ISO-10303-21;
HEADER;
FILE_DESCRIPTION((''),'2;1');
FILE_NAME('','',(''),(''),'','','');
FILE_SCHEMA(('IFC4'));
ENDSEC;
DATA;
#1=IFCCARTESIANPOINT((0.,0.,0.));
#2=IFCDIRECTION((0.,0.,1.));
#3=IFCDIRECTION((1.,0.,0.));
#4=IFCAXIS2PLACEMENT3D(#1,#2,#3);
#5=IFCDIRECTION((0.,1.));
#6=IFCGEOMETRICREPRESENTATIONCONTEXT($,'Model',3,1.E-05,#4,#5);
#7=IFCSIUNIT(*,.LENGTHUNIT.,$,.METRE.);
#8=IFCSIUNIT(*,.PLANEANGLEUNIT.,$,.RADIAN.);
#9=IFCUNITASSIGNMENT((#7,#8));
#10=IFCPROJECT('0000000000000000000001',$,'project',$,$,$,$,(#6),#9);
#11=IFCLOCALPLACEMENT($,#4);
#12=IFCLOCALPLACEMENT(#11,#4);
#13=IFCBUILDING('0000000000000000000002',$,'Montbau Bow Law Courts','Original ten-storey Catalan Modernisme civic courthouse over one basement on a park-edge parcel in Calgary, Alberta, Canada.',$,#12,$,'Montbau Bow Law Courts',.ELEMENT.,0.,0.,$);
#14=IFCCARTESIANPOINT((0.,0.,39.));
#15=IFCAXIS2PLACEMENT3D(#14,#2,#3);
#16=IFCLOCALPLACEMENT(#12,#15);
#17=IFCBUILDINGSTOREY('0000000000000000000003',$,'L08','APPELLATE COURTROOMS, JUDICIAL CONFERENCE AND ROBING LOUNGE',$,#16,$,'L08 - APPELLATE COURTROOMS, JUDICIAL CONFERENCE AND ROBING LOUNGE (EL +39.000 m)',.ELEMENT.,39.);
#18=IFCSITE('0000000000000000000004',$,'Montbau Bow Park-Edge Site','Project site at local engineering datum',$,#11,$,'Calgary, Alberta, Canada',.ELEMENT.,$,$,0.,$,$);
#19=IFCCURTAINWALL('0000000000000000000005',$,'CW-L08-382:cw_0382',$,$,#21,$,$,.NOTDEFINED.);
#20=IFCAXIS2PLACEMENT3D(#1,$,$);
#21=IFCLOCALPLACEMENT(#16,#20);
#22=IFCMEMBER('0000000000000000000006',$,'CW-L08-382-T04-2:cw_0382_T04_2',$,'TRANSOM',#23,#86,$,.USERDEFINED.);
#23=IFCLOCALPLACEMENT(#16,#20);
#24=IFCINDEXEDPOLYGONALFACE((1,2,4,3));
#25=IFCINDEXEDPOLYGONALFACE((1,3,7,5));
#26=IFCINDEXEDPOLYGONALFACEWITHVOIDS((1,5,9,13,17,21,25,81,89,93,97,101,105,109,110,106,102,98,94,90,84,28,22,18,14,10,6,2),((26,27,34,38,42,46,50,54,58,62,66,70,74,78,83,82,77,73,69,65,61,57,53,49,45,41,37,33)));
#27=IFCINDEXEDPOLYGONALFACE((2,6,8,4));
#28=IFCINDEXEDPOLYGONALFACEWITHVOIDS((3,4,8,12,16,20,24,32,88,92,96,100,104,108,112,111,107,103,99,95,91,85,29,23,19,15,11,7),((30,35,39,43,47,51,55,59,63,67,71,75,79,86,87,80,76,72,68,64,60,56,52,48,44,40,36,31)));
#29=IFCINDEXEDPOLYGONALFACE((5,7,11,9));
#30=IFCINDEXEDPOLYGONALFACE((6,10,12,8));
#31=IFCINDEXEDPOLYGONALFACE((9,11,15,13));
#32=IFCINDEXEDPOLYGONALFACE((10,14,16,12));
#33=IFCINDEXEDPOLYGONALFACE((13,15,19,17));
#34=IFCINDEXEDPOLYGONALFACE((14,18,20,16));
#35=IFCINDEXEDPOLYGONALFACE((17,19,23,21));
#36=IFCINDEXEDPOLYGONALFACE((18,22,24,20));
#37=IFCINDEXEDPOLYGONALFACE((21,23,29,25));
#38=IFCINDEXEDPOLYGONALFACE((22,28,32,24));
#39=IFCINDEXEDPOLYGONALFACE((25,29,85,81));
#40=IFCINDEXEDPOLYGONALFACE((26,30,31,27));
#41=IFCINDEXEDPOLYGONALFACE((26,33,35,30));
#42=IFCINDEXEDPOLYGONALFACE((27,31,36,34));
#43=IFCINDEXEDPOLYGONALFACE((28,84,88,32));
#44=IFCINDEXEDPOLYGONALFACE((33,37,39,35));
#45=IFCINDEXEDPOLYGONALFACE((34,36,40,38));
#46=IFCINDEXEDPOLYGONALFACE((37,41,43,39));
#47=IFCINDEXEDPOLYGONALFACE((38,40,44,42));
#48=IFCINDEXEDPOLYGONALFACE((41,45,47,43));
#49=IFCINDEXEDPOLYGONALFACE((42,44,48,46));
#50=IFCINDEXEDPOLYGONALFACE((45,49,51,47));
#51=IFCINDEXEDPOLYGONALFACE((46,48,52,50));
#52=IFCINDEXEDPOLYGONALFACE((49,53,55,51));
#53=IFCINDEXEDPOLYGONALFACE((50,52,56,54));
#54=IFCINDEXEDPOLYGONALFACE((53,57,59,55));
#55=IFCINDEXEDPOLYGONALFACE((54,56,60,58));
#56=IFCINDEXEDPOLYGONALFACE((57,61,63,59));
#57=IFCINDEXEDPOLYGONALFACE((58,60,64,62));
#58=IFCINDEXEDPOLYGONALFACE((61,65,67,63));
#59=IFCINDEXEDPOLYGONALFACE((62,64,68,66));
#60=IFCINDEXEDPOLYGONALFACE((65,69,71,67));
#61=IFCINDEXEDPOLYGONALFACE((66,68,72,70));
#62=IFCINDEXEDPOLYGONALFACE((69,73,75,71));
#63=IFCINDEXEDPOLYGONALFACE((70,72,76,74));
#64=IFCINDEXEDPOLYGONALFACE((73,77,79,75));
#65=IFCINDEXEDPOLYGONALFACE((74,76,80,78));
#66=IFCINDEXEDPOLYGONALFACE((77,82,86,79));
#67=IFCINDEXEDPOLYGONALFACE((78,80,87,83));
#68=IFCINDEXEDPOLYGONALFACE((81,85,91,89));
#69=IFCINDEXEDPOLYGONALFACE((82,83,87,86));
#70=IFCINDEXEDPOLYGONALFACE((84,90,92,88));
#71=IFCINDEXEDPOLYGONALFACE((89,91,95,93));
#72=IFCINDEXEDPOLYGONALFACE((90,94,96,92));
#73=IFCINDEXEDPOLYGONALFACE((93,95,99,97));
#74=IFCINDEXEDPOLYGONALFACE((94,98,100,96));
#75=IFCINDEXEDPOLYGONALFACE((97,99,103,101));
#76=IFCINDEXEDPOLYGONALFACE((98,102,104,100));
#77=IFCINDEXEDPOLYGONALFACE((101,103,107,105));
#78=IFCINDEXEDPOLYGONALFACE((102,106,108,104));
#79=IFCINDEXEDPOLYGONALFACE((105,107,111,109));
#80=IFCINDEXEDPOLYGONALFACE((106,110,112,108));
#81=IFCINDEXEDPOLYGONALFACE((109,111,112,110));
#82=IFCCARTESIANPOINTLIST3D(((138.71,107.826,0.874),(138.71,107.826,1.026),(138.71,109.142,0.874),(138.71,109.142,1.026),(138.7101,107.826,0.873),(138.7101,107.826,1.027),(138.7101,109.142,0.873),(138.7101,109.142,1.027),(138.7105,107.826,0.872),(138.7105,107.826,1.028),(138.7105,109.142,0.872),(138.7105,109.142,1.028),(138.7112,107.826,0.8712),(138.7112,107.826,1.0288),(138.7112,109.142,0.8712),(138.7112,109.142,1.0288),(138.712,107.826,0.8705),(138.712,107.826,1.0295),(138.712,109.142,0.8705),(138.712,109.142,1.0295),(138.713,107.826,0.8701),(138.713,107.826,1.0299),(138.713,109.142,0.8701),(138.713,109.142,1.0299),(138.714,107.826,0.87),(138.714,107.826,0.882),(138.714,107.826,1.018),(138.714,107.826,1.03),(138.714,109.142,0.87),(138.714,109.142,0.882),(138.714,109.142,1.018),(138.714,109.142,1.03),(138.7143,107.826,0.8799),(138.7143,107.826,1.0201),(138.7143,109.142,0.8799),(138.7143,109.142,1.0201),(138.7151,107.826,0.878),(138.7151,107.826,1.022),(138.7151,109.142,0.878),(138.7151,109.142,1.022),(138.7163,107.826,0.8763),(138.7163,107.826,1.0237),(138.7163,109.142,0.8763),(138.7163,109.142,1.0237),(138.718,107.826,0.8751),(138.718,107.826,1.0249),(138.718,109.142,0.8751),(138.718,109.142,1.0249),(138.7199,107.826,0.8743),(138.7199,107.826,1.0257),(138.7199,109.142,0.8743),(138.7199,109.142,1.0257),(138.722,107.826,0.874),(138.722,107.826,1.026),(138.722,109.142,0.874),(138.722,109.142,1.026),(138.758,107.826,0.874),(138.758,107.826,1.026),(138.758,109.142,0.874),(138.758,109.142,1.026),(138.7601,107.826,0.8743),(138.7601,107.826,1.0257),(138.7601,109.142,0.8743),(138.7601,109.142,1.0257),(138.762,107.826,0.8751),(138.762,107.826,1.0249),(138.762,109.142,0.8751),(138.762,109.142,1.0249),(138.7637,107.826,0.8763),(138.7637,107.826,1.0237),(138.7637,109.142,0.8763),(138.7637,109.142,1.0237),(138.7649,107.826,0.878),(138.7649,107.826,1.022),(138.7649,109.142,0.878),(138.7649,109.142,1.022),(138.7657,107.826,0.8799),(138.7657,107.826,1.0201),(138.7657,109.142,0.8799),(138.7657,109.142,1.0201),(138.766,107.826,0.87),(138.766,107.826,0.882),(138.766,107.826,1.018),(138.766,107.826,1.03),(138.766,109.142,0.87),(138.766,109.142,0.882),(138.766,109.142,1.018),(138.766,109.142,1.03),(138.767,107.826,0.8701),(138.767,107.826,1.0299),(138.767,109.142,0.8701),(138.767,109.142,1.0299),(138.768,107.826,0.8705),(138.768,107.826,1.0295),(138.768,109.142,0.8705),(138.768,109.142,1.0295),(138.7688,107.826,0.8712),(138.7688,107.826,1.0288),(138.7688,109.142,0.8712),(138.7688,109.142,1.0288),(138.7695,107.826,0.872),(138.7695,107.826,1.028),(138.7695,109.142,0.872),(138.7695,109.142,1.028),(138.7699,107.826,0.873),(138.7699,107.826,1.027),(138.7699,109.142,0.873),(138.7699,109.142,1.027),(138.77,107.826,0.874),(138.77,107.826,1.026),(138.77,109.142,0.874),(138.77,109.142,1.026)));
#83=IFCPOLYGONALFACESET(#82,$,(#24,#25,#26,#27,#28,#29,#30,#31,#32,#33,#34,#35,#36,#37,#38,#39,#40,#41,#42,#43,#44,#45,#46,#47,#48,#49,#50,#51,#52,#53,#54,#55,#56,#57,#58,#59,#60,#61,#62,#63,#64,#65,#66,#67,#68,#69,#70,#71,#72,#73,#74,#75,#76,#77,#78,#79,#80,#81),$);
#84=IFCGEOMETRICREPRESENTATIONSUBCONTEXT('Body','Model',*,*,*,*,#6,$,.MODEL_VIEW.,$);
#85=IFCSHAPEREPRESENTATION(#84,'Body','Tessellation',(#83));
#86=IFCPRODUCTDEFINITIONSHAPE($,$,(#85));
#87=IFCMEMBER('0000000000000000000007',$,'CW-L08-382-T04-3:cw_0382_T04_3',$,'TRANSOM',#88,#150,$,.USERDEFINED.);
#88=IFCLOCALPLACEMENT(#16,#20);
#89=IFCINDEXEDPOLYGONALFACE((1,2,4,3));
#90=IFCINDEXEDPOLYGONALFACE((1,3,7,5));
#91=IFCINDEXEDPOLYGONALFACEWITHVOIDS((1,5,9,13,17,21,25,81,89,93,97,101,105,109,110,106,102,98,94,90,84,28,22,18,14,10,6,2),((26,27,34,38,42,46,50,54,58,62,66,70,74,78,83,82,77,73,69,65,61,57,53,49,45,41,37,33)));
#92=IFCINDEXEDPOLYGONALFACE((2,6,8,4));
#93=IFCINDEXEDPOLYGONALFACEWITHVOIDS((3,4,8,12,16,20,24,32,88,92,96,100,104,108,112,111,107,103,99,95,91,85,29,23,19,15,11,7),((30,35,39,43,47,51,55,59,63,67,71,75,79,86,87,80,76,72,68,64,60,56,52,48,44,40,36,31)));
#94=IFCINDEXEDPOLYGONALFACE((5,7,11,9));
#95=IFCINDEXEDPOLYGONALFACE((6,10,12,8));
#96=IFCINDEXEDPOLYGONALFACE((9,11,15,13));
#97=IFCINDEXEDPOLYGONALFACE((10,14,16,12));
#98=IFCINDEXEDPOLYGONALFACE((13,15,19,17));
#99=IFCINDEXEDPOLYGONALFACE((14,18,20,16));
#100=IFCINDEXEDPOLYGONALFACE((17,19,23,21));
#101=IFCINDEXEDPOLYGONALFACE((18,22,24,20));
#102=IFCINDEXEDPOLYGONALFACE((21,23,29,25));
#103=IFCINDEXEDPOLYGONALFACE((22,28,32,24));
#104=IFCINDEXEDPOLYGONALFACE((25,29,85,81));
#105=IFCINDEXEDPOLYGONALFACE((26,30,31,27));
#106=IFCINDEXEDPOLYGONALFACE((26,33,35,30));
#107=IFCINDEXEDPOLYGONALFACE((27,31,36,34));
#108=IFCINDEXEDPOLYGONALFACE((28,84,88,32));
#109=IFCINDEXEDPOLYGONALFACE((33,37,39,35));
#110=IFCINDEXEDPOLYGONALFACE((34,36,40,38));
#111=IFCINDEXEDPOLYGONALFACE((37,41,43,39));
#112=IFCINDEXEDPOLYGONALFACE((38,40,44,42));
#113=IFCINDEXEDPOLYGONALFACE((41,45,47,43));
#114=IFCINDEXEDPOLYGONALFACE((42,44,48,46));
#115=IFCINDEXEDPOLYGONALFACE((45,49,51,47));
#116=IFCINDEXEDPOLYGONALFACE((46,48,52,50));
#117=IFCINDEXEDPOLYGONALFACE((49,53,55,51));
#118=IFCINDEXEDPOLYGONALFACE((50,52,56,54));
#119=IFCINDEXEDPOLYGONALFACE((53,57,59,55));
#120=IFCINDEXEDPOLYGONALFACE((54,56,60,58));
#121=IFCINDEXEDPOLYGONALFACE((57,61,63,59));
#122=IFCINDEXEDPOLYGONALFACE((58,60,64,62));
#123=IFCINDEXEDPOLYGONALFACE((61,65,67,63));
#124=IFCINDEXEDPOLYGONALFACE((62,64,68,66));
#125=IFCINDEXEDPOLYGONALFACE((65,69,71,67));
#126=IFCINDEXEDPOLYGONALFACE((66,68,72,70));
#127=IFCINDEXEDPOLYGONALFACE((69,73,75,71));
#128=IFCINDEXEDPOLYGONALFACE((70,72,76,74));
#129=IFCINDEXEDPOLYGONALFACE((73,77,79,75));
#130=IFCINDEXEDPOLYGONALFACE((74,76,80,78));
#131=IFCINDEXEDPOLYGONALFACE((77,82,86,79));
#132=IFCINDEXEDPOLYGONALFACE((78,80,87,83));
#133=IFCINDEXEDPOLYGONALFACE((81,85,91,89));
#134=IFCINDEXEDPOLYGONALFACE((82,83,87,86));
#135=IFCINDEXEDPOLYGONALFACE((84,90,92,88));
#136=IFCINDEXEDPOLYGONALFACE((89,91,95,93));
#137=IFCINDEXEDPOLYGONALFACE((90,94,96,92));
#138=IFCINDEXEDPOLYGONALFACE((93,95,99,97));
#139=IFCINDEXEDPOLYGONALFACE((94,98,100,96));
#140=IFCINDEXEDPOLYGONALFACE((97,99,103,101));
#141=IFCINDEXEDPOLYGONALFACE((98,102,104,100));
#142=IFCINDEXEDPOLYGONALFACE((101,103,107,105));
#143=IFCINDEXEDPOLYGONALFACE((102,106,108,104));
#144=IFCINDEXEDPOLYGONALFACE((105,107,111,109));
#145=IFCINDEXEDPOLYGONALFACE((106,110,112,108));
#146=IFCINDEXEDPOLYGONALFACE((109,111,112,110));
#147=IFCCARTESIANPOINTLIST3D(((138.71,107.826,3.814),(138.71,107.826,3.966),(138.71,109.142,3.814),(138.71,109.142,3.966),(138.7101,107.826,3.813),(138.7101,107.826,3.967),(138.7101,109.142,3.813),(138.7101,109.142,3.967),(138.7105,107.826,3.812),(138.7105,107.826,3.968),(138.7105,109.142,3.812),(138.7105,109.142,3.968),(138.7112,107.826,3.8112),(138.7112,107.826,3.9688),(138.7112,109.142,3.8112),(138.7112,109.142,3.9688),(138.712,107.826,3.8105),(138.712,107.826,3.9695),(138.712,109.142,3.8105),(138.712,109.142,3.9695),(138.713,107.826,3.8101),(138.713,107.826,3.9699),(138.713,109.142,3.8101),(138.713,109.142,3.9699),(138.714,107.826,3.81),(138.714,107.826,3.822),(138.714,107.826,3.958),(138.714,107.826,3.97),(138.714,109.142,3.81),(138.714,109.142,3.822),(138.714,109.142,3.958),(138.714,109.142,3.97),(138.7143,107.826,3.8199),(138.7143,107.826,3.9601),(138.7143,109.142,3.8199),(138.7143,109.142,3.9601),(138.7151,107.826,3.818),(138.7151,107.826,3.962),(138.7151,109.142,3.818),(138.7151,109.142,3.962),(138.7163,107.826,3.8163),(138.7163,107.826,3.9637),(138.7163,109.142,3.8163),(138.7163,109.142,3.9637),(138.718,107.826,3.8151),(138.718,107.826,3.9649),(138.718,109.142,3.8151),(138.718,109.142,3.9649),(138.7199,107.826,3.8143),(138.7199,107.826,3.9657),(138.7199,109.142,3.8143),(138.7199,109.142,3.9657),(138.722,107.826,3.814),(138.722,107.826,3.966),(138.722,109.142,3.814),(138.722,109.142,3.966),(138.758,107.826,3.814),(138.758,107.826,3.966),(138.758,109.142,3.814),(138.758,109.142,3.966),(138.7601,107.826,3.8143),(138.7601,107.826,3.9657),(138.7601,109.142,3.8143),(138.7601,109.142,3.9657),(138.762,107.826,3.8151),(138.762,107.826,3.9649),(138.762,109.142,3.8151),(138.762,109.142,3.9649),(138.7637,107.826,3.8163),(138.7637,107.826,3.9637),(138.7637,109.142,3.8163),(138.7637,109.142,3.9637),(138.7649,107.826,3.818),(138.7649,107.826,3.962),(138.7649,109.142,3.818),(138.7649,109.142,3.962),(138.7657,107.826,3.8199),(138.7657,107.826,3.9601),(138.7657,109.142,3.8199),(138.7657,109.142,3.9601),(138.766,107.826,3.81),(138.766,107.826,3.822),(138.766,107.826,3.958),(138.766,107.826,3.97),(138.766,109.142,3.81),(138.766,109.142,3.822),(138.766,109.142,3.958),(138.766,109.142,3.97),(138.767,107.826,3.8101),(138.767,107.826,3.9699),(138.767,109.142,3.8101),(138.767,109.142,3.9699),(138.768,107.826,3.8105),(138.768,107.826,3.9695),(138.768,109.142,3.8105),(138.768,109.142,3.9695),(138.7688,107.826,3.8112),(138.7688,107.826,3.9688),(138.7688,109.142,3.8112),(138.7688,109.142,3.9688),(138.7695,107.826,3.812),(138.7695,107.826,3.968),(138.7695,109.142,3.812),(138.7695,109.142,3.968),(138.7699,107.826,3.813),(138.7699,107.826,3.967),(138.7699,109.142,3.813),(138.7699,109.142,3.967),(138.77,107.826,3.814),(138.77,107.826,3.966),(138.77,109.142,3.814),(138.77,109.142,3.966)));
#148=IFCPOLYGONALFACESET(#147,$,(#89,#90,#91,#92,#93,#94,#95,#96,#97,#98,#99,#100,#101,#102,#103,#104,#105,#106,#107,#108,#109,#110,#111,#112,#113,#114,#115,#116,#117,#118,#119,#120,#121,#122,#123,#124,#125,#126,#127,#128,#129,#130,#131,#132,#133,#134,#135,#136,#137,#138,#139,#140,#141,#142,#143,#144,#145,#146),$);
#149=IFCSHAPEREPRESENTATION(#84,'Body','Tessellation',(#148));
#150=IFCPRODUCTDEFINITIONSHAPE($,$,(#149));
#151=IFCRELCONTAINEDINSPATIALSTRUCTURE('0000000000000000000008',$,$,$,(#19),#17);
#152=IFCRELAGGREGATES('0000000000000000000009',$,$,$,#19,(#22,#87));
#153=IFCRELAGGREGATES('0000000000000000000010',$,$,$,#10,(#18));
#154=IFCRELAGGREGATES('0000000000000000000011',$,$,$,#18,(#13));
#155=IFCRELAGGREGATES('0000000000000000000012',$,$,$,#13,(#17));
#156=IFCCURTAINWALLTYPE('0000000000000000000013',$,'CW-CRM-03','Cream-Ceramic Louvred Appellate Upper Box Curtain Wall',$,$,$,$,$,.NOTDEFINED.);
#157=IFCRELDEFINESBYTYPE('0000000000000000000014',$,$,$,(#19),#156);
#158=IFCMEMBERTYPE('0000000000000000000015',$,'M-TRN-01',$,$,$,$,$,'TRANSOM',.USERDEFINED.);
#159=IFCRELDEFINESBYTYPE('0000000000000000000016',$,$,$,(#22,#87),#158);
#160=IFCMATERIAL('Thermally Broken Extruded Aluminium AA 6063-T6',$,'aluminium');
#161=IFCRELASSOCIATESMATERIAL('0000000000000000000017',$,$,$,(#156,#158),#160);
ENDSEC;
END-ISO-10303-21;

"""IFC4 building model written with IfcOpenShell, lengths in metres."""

from ifc_helpers import new_model, si_unit, direction, frame, origin_with_axes, origin_2d_with_axis, place, context, subcontext, project, spatial, hollow_rectangle, extrude, material, material_profile, profile_set, type_object, element, aggregate, save


model = new_model("IFC4")

# Units and contexts
model_context = context("Model", 3, precision=1e-05, world=origin_with_axes(), true_north=direction((0.0, 1.0)))
body_context = subcontext(model_context, "Body", "Model", "MODEL_VIEW")
ifc_project = project(units=[si_unit("LENGTHUNIT", "METRE"), si_unit("PLANEANGLEUNIT", "RADIAN")], contexts=[model_context])

# Site, building, storey
site_placement = place(None, origin_with_axes())
site = spatial("IfcSite", under=ifc_project, at=site_placement, Name="Montbau Bow Park-Edge Site", Description="Project site at local engineering datum", LongName="Calgary, Alberta, Canada", CompositionType="ELEMENT", RefElevation=0.0)
building_placement = place(site_placement, origin_with_axes())
building = spatial("IfcBuilding", under=site, at=building_placement, Name="Montbau Bow Law Courts", Description="Original ten-storey Catalan Modernisme civic courthouse over one basement on a park-edge parcel in Calgary, Alberta, Canada.", LongName="Montbau Bow Law Courts", CompositionType="ELEMENT", ElevationOfRefHeight=0.0, ElevationOfTerrain=0.0)
storey_placement = place(building_placement, frame((0.0, 0.0, 39.0), z_axis=(0.0, 0.0, 1.0), x_axis=(1.0, 0.0, 0.0)))
storey = spatial("IfcBuildingStorey", under=building, at=storey_placement, Name="L08", Description="APPELLATE COURTROOMS, JUDICIAL CONFERENCE AND ROBING LOUNGE", LongName="L08 - APPELLATE COURTROOMS, JUDICIAL CONFERENCE AND ROBING LOUNGE (EL +39.000 m)", CompositionType="ELEMENT", Elevation=39.0)

# Curtain wall, members
ifc_material_1 = material(Name="Thermally Broken Extruded Aluminium AA 6063-T6", Category="aluminium")
curtain_wall_type = type_object("IfcCurtainWallType", Name="CW-CRM-03", Description="Cream-Ceramic Louvred Appellate Upper Box Curtain Wall", PredefinedType="NOTDEFINED", material=ifc_material_1)
ifc_material_profile_1 = material_profile(ifc_material_1, hollow_rectangle(XDim=0.06, YDim=0.16, WallThickness=0.004, InnerFilletRadius=0.008, OuterFilletRadius=0.004, at=origin_2d_with_axis()), Name="CWT-160X60", Category="Main", Priority=0)
ifc_profile_set_1 = profile_set([ifc_material_profile_1], Name="Thermally Broken Extruded Aluminium AA 6063-T6")
member_type_1 = type_object("IfcMemberType", Name="M-TRN-01", ElementType="TRANSOM", PredefinedType="USERDEFINED", material=ifc_profile_set_1)
curtain_wall_1_placement = place(None, frame((138.74, 103.64, 39.0), z_axis=(0.0, 0.0, 1.0), x_axis=(1.0, 0.0, 0.0)))
curtain_wall_1 = element("IfcCurtainWall", 1, at=curtain_wall_1_placement, inside=storey, type_object=curtain_wall_type, Name="CW-L08-382:cw_0382", PredefinedType="NOTDEFINED")
member_1_placement = place(None, frame((138.74, 107.826, 39.95), z_axis=(0.0, 1.0, 0.0), x_axis=(-1.0, 0.0, 0.0)))
member_1 = element("IfcMember", 2, at=member_1_placement, type_object=member_type_1, Name="CW-L08-382-T04-2:cw_0382_T04_2", ObjectType="TRANSOM", PredefinedType="USERDEFINED", context=body_context, shape_type="SweptSolid", body=[
    extrude(hollow_rectangle(XDim=0.06, YDim=0.16, WallThickness=0.004, InnerFilletRadius=0.008, OuterFilletRadius=0.004, at=origin_2d_with_axis()), origin_with_axes(), (0.0, 0.0, 1.0), 1.316),
])
member_2_placement = place(None, frame((138.74, 107.826, 42.89), z_axis=(0.0, 1.0, 0.0), x_axis=(-1.0, 0.0, 0.0)))
member_2 = element("IfcMember", 3, at=member_2_placement, type_object=member_type_1, Name="CW-L08-382-T04-3:cw_0382_T04_3", ObjectType="TRANSOM", PredefinedType="USERDEFINED", context=body_context, shape_type="SweptSolid", body=[
    extrude(hollow_rectangle(XDim=0.06, YDim=0.16, WallThickness=0.004, InnerFilletRadius=0.008, OuterFilletRadius=0.004, at=origin_2d_with_axis()), origin_with_axes(), (0.0, 0.0, 1.0), 1.316),
])

aggregate(curtain_wall_1, [member_1, member_2])

save(model, "model.ifc")
